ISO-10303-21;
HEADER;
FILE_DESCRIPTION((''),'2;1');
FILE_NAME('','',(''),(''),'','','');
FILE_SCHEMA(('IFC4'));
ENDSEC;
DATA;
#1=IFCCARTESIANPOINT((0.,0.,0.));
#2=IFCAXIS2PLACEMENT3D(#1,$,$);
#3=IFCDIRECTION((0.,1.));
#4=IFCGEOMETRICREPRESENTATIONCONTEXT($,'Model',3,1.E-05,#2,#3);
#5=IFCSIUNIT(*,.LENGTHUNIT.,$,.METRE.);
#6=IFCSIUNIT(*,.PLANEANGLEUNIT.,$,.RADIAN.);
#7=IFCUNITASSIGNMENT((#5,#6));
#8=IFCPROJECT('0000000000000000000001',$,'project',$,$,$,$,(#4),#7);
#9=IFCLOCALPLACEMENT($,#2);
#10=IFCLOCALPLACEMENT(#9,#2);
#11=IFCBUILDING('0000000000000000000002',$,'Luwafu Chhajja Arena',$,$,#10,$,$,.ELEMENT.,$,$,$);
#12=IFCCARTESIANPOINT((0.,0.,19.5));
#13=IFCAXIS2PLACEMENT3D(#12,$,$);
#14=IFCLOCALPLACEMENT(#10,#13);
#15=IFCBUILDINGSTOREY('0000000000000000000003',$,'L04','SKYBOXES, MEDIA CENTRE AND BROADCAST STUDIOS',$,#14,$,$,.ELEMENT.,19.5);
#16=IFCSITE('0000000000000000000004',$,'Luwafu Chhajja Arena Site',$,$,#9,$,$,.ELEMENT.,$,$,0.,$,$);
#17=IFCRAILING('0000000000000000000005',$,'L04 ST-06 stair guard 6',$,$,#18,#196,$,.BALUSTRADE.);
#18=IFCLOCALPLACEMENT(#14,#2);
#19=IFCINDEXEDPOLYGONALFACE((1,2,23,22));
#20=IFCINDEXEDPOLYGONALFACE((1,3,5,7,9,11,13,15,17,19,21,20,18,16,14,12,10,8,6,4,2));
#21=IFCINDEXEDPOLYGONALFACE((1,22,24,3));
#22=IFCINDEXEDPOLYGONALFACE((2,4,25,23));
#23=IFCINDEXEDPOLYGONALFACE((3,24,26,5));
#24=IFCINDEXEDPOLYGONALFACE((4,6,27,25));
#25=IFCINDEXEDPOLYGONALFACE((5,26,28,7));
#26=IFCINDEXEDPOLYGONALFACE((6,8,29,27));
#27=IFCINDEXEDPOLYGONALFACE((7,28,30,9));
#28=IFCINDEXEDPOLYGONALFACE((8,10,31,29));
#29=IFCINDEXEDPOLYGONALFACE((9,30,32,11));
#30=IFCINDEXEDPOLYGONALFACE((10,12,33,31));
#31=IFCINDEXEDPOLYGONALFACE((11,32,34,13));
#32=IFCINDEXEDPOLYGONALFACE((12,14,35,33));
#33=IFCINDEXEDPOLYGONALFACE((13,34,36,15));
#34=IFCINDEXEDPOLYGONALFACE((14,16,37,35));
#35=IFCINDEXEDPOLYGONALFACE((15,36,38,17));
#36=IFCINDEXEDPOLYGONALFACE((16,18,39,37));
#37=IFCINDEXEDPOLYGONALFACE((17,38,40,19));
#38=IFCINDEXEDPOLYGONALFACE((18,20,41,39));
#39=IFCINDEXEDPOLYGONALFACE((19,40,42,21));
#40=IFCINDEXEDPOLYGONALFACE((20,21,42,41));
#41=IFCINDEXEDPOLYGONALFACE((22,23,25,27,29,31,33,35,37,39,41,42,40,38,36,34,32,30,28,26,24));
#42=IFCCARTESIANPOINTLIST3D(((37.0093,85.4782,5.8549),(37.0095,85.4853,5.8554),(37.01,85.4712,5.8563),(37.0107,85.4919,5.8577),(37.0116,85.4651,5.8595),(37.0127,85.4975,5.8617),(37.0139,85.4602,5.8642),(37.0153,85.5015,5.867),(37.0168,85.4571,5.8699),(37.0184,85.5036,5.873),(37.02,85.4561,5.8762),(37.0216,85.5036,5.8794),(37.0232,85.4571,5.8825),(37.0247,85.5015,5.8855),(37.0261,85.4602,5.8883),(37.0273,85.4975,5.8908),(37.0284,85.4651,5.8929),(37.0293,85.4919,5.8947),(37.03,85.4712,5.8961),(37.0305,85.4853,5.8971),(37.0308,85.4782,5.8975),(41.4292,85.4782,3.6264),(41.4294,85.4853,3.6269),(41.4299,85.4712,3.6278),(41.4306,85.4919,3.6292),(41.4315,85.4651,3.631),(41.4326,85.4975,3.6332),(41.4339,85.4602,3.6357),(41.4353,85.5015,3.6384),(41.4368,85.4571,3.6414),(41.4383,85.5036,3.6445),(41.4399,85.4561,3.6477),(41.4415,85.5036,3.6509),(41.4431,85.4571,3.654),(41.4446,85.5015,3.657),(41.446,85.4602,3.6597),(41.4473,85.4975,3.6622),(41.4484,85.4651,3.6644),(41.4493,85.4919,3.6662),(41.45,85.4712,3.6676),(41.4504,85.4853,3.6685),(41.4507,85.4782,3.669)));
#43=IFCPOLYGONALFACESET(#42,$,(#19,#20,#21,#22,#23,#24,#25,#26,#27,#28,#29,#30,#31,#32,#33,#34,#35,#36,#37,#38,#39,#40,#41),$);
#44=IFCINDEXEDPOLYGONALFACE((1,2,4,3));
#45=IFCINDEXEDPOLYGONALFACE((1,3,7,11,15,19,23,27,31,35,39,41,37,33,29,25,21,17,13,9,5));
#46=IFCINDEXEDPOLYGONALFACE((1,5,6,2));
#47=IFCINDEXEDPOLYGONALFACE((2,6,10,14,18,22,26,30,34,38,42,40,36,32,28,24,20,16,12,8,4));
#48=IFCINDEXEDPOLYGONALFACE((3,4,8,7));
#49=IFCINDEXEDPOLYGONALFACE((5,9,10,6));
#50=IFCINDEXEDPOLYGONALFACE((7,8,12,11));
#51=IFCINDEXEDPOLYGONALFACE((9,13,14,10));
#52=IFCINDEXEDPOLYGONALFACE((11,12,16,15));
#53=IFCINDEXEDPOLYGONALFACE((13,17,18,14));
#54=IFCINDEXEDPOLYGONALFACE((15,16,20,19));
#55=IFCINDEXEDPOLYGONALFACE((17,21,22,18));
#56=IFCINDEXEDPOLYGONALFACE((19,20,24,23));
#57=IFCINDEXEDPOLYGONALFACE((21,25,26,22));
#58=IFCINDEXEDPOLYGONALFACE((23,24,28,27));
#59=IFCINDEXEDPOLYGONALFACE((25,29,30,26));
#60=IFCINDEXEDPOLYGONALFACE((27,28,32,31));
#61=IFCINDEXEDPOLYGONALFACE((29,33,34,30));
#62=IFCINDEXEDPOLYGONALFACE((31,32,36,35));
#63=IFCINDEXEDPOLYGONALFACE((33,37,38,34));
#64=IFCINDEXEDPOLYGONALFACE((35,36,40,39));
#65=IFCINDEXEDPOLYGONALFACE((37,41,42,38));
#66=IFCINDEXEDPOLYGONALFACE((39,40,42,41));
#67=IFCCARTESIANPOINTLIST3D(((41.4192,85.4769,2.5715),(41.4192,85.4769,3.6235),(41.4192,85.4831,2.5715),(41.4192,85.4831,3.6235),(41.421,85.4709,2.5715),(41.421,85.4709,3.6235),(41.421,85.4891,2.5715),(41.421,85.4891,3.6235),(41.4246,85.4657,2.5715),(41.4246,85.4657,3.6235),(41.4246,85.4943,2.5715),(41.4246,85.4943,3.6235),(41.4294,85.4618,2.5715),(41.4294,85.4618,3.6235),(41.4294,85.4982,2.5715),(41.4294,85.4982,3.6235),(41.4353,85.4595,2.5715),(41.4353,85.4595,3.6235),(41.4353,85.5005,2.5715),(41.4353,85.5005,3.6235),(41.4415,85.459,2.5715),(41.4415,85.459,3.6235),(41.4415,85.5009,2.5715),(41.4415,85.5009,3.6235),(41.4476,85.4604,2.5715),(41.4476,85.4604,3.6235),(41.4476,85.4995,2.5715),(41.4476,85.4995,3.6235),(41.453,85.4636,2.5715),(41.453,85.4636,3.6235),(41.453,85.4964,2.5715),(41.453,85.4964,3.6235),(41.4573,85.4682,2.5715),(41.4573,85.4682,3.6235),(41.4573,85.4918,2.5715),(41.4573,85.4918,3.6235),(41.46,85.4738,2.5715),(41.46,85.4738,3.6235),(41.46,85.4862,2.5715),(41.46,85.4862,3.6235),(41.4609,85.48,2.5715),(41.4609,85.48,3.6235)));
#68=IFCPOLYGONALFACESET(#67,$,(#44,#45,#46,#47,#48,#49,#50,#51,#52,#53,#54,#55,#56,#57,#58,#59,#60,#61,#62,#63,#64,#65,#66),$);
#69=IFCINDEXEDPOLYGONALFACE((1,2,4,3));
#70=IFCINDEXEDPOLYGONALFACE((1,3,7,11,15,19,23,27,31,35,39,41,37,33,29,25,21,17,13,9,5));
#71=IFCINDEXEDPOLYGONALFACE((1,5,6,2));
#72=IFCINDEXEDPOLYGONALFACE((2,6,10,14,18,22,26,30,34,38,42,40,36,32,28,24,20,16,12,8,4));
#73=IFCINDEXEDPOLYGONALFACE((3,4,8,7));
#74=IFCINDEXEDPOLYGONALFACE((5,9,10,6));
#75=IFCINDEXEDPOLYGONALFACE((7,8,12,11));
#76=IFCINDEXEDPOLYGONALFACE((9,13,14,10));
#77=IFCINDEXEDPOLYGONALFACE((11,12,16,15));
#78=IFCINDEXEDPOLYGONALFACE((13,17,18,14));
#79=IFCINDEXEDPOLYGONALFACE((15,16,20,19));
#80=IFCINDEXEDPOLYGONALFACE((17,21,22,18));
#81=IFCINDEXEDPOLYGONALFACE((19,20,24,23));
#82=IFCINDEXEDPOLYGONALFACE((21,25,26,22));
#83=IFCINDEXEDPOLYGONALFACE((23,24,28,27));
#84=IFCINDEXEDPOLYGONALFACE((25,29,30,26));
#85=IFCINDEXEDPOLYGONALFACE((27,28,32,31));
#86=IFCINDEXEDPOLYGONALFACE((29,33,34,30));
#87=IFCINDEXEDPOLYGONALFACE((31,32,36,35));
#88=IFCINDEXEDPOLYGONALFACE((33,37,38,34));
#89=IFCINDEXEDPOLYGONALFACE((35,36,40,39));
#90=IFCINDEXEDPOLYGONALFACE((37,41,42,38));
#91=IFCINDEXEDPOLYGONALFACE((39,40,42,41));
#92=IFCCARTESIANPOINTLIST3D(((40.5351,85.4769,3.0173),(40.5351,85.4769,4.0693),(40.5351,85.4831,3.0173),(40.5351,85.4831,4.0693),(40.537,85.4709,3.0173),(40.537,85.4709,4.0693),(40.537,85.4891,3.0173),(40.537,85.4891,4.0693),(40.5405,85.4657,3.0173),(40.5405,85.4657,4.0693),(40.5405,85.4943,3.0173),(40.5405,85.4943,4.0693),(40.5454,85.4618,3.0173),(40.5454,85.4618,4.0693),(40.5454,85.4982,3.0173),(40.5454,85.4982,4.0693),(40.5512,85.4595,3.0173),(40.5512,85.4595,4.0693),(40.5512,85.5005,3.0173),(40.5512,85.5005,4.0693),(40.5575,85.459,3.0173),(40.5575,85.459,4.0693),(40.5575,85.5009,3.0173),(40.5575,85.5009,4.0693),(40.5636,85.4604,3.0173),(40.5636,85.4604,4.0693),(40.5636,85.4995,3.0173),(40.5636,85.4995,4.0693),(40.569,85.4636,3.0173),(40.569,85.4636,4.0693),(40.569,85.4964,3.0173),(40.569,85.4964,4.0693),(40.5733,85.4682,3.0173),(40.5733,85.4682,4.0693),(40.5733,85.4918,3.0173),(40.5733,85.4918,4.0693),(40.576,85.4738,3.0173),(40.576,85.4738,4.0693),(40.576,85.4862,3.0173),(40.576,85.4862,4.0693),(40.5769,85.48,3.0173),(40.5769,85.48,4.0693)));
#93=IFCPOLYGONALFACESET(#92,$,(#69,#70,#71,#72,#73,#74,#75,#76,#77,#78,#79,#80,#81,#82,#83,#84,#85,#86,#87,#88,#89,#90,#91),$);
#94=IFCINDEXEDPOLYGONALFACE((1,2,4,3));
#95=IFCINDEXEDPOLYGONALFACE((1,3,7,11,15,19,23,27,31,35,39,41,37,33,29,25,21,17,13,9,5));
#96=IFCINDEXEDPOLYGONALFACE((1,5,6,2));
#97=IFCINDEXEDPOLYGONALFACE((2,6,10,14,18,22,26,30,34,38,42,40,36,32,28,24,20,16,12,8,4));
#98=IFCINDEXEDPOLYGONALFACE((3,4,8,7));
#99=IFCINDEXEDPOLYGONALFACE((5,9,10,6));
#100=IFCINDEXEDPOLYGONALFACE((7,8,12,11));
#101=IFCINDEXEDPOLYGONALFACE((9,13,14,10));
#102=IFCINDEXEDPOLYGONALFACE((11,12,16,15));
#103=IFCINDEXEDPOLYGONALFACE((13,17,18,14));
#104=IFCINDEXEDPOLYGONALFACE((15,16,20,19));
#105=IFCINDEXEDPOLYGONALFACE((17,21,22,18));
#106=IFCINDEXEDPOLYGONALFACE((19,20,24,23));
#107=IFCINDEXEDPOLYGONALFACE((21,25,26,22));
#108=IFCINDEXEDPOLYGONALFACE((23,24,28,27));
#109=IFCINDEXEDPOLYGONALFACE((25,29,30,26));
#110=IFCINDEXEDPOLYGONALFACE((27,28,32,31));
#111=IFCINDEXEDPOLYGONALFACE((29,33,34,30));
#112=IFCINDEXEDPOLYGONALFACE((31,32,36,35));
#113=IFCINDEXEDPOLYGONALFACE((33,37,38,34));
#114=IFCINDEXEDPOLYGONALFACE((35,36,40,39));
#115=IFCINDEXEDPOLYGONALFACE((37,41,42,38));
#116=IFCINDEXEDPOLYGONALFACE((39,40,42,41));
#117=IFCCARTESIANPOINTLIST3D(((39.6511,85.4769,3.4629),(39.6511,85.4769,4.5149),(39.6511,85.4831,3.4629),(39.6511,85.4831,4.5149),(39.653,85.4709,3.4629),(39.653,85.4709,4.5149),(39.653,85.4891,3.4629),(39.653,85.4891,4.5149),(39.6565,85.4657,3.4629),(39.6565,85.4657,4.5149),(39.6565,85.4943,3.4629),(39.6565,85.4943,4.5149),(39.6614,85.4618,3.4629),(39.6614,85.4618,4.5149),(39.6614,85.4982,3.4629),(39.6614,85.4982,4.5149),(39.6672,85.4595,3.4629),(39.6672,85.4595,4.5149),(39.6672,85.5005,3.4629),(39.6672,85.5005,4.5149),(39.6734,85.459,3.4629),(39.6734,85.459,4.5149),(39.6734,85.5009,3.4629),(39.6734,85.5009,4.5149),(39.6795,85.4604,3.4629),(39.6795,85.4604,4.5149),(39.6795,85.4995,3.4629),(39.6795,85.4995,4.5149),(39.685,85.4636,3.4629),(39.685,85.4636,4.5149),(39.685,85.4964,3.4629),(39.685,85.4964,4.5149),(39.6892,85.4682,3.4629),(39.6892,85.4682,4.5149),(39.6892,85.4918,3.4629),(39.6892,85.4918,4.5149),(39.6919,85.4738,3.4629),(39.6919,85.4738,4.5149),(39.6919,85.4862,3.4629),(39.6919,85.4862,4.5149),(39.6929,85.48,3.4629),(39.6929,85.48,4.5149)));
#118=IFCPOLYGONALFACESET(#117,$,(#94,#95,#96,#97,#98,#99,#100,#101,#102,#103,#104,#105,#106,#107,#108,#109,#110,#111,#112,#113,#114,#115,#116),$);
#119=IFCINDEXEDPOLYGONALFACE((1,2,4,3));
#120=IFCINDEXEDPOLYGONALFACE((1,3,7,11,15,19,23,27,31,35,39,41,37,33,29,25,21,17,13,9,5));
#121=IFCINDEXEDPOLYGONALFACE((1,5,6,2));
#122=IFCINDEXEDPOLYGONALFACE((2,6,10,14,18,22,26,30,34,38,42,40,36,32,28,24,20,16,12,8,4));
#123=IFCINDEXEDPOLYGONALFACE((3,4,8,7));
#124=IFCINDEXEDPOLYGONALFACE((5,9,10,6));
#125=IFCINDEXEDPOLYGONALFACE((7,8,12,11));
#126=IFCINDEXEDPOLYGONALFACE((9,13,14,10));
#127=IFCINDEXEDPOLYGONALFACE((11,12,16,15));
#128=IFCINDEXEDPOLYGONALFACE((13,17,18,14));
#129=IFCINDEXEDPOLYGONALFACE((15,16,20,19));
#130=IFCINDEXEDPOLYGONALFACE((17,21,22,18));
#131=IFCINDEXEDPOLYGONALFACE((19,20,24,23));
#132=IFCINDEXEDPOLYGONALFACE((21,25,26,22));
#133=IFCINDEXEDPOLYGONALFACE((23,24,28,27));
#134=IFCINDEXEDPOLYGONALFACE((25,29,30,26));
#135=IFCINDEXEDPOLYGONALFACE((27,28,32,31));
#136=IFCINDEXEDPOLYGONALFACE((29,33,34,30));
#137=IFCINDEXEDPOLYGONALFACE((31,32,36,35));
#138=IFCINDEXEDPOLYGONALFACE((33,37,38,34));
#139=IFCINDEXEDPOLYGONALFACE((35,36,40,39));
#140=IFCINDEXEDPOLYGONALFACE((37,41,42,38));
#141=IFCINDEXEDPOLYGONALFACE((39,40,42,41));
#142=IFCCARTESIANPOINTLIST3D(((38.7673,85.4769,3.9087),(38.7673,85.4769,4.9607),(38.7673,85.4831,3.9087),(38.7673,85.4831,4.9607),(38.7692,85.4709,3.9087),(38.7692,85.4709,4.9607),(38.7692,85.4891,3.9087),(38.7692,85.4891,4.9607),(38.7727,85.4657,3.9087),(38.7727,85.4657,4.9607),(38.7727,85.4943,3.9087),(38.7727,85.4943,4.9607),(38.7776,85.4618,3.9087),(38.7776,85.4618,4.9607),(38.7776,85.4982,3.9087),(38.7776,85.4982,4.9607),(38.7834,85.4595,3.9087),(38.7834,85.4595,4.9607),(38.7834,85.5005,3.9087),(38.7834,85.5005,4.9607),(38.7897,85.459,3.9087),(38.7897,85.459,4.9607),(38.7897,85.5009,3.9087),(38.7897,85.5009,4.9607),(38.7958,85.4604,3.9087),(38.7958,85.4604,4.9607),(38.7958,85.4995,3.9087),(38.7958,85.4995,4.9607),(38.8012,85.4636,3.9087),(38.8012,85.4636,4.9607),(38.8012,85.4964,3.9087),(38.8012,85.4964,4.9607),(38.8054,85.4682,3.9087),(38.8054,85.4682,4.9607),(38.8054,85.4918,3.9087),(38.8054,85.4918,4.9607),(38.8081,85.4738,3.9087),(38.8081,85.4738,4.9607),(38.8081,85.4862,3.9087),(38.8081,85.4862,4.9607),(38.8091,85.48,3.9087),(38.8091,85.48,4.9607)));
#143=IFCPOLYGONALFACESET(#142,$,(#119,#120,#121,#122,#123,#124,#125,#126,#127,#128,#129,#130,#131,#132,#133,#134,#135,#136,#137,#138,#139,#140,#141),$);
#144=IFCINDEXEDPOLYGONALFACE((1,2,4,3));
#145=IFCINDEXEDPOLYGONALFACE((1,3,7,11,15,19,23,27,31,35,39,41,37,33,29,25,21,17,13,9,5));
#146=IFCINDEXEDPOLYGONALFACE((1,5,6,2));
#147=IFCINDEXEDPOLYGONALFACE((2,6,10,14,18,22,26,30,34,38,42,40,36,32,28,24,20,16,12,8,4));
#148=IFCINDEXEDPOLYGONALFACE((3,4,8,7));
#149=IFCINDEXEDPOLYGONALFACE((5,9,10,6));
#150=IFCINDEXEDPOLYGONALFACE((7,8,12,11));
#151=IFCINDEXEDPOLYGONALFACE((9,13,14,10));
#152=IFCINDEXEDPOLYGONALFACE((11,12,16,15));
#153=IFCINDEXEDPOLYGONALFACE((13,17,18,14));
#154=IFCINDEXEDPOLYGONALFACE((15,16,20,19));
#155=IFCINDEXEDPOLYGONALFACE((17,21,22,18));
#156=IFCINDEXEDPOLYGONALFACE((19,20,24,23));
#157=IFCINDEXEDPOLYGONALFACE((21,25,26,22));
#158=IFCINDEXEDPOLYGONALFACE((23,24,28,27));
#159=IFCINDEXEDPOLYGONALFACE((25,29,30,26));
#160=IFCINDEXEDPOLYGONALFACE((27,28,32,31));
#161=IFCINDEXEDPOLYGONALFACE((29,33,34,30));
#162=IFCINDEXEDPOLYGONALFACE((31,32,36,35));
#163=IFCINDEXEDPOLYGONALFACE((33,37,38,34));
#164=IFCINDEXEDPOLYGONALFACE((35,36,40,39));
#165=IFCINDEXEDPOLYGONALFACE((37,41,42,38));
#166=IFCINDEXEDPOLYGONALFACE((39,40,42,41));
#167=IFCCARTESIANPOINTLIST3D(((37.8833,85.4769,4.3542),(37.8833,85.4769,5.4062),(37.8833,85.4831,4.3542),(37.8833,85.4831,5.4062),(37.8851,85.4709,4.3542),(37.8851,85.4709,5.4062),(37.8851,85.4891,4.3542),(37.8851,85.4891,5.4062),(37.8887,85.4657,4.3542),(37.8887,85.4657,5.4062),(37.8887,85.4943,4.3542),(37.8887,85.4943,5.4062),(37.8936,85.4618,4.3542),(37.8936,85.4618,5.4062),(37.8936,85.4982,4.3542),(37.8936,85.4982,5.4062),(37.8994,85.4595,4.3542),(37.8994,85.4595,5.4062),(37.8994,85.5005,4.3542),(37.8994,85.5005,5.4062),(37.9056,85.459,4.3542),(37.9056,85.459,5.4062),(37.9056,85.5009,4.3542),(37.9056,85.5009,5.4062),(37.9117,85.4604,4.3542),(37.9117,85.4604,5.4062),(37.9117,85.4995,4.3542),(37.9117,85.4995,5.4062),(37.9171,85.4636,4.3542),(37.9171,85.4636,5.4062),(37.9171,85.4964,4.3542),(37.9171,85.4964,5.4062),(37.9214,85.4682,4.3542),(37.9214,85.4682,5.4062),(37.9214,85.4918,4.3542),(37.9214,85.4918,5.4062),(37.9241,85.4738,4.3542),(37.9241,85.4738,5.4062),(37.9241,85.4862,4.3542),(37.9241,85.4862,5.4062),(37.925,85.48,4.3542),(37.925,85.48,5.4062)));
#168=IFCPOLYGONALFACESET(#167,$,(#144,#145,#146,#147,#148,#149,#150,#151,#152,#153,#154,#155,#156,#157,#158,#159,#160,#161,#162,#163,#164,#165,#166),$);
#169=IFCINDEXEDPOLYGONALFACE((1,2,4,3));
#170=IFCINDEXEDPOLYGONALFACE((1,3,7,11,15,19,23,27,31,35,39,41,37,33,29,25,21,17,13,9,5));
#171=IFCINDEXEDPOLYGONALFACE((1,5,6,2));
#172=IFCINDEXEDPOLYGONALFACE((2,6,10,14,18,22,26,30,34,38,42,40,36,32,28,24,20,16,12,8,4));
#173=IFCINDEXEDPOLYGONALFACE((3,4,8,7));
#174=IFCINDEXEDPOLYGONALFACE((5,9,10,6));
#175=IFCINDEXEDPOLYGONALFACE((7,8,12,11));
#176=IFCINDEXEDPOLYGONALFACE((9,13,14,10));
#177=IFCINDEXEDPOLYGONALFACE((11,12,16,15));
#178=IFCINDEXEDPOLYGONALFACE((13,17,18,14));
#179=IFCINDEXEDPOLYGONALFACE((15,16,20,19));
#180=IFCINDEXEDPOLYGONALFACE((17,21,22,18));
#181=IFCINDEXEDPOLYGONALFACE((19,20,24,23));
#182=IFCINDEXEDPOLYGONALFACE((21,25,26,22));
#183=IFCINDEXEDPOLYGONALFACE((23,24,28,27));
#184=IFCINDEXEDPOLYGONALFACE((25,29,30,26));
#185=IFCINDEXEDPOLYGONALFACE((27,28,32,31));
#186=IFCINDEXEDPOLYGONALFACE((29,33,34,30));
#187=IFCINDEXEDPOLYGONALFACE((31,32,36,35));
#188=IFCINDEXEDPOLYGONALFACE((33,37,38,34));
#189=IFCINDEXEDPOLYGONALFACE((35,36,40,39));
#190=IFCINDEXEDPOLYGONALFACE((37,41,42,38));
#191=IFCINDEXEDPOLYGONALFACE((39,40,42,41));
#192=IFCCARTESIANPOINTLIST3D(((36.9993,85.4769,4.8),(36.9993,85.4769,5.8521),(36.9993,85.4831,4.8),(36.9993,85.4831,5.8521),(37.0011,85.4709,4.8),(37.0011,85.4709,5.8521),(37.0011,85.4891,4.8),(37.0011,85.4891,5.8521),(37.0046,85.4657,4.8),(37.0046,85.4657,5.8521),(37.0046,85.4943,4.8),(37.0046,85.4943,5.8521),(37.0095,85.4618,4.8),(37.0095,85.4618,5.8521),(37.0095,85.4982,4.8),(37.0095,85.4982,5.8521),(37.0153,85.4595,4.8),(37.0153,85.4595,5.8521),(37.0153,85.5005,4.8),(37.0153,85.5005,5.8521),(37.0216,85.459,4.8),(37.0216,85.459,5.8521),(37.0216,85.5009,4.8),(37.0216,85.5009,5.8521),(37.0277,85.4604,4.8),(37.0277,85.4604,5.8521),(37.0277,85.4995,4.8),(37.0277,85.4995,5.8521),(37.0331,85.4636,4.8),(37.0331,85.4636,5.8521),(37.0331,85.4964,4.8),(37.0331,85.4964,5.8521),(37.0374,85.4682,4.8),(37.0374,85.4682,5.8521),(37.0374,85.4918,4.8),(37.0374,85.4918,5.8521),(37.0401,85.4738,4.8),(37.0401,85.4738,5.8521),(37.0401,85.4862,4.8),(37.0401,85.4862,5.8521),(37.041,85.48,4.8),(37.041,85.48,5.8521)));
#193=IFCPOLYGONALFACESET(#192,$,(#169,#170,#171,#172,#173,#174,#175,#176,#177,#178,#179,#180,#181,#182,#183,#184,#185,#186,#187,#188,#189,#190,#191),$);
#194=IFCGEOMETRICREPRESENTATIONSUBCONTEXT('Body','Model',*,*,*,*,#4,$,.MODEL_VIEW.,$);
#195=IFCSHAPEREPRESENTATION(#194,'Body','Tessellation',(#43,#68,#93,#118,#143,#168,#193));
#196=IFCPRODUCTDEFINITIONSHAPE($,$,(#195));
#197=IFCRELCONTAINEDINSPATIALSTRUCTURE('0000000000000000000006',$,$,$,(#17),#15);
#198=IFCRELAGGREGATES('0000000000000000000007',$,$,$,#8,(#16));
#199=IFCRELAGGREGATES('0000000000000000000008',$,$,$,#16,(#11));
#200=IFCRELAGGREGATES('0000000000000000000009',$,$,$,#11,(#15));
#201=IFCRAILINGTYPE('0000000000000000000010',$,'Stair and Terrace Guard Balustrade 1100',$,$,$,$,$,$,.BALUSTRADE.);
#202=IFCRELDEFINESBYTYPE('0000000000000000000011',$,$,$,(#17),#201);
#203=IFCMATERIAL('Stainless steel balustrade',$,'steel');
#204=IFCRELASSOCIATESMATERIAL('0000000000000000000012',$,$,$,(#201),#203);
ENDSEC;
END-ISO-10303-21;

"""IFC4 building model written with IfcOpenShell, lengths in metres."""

from ifc_helpers import new_model, si_unit, direction, frame, origin, origin_2d, place, context, subcontext, project, spatial, circle, extrude, material, type_object, element, save


model = new_model("IFC4")

# Units and contexts
model_context = context("Model", 3, precision=1e-05, world=origin(), true_north=direction((0.0, 1.0)))
body_context = subcontext(model_context, "Body", "Model", "MODEL_VIEW")
ifc_project = project(units=[si_unit("LENGTHUNIT", "METRE"), si_unit("PLANEANGLEUNIT", "RADIAN")], contexts=[model_context])

# Site, building, storey
site_placement = place(None, origin())
site = spatial("IfcSite", under=ifc_project, at=site_placement, Name="Luwafu Chhajja Arena Site", CompositionType="ELEMENT", RefElevation=0.0)
building_placement = place(site_placement, origin())
building = spatial("IfcBuilding", under=site, at=building_placement, Name="Luwafu Chhajja Arena", CompositionType="ELEMENT")
storey_placement = place(building_placement, frame((0.0, 0.0, 19.5)))
storey = spatial("IfcBuildingStorey", under=building, at=storey_placement, Name="L04", Description="SKYBOXES, MEDIA CENTRE AND BROADCAST STUDIOS", CompositionType="ELEMENT", Elevation=19.5)

# Railing
ifc_material_1 = material(Name="Stainless steel balustrade", Category="steel")
railing_type_1 = type_object("IfcRailingType", Name="Stair and Terrace Guard Balustrade 1100", PredefinedType="BALUSTRADE", material=ifc_material_1)
railing_1_placement = place(storey_placement, frame((41.4399, 85.48, 2.5715)))
element("IfcRailing", 1, at=railing_1_placement, inside=storey, type_object=railing_type_1, Name="L04 ST-06 stair guard 6", PredefinedType="BALUSTRADE", context=body_context, shape_type="SweptSolid", body=[
    extrude(circle(Radius=0.0239, at=origin_2d()), frame((0.0, 0.0, 1.0762), z_axis=(-0.892923, 0.0, 0.45021), x_axis=(0.0, -1.0, 0.0)), (0.0, 0.0, 1.0), 4.95),
    extrude(circle(Radius=0.021, at=origin_2d()), origin(), (0.0, 0.0, 1.0), 1.052),
    extrude(circle(Radius=0.021, at=origin_2d()), frame((-0.884, 0.0, 0.4458)), (0.0, 0.0, 1.0), 1.052),
    extrude(circle(Radius=0.021, at=origin_2d()), frame((-1.7681, 0.0, 0.8914)), (0.0, 0.0, 1.0), 1.052),
    extrude(circle(Radius=0.021, at=origin_2d()), frame((-2.6519, 0.0, 1.3372)), (0.0, 0.0, 1.0), 1.052),
    extrude(circle(Radius=0.021, at=origin_2d()), frame((-3.5359, 0.0, 1.7827)), (0.0, 0.0, 1.0), 1.052),
    extrude(circle(Radius=0.021, at=origin_2d()), frame((-4.4199, 0.0, 2.2285)), (0.0, 0.0, 1.0), 1.052),
])

save(model, "model.ifc")
